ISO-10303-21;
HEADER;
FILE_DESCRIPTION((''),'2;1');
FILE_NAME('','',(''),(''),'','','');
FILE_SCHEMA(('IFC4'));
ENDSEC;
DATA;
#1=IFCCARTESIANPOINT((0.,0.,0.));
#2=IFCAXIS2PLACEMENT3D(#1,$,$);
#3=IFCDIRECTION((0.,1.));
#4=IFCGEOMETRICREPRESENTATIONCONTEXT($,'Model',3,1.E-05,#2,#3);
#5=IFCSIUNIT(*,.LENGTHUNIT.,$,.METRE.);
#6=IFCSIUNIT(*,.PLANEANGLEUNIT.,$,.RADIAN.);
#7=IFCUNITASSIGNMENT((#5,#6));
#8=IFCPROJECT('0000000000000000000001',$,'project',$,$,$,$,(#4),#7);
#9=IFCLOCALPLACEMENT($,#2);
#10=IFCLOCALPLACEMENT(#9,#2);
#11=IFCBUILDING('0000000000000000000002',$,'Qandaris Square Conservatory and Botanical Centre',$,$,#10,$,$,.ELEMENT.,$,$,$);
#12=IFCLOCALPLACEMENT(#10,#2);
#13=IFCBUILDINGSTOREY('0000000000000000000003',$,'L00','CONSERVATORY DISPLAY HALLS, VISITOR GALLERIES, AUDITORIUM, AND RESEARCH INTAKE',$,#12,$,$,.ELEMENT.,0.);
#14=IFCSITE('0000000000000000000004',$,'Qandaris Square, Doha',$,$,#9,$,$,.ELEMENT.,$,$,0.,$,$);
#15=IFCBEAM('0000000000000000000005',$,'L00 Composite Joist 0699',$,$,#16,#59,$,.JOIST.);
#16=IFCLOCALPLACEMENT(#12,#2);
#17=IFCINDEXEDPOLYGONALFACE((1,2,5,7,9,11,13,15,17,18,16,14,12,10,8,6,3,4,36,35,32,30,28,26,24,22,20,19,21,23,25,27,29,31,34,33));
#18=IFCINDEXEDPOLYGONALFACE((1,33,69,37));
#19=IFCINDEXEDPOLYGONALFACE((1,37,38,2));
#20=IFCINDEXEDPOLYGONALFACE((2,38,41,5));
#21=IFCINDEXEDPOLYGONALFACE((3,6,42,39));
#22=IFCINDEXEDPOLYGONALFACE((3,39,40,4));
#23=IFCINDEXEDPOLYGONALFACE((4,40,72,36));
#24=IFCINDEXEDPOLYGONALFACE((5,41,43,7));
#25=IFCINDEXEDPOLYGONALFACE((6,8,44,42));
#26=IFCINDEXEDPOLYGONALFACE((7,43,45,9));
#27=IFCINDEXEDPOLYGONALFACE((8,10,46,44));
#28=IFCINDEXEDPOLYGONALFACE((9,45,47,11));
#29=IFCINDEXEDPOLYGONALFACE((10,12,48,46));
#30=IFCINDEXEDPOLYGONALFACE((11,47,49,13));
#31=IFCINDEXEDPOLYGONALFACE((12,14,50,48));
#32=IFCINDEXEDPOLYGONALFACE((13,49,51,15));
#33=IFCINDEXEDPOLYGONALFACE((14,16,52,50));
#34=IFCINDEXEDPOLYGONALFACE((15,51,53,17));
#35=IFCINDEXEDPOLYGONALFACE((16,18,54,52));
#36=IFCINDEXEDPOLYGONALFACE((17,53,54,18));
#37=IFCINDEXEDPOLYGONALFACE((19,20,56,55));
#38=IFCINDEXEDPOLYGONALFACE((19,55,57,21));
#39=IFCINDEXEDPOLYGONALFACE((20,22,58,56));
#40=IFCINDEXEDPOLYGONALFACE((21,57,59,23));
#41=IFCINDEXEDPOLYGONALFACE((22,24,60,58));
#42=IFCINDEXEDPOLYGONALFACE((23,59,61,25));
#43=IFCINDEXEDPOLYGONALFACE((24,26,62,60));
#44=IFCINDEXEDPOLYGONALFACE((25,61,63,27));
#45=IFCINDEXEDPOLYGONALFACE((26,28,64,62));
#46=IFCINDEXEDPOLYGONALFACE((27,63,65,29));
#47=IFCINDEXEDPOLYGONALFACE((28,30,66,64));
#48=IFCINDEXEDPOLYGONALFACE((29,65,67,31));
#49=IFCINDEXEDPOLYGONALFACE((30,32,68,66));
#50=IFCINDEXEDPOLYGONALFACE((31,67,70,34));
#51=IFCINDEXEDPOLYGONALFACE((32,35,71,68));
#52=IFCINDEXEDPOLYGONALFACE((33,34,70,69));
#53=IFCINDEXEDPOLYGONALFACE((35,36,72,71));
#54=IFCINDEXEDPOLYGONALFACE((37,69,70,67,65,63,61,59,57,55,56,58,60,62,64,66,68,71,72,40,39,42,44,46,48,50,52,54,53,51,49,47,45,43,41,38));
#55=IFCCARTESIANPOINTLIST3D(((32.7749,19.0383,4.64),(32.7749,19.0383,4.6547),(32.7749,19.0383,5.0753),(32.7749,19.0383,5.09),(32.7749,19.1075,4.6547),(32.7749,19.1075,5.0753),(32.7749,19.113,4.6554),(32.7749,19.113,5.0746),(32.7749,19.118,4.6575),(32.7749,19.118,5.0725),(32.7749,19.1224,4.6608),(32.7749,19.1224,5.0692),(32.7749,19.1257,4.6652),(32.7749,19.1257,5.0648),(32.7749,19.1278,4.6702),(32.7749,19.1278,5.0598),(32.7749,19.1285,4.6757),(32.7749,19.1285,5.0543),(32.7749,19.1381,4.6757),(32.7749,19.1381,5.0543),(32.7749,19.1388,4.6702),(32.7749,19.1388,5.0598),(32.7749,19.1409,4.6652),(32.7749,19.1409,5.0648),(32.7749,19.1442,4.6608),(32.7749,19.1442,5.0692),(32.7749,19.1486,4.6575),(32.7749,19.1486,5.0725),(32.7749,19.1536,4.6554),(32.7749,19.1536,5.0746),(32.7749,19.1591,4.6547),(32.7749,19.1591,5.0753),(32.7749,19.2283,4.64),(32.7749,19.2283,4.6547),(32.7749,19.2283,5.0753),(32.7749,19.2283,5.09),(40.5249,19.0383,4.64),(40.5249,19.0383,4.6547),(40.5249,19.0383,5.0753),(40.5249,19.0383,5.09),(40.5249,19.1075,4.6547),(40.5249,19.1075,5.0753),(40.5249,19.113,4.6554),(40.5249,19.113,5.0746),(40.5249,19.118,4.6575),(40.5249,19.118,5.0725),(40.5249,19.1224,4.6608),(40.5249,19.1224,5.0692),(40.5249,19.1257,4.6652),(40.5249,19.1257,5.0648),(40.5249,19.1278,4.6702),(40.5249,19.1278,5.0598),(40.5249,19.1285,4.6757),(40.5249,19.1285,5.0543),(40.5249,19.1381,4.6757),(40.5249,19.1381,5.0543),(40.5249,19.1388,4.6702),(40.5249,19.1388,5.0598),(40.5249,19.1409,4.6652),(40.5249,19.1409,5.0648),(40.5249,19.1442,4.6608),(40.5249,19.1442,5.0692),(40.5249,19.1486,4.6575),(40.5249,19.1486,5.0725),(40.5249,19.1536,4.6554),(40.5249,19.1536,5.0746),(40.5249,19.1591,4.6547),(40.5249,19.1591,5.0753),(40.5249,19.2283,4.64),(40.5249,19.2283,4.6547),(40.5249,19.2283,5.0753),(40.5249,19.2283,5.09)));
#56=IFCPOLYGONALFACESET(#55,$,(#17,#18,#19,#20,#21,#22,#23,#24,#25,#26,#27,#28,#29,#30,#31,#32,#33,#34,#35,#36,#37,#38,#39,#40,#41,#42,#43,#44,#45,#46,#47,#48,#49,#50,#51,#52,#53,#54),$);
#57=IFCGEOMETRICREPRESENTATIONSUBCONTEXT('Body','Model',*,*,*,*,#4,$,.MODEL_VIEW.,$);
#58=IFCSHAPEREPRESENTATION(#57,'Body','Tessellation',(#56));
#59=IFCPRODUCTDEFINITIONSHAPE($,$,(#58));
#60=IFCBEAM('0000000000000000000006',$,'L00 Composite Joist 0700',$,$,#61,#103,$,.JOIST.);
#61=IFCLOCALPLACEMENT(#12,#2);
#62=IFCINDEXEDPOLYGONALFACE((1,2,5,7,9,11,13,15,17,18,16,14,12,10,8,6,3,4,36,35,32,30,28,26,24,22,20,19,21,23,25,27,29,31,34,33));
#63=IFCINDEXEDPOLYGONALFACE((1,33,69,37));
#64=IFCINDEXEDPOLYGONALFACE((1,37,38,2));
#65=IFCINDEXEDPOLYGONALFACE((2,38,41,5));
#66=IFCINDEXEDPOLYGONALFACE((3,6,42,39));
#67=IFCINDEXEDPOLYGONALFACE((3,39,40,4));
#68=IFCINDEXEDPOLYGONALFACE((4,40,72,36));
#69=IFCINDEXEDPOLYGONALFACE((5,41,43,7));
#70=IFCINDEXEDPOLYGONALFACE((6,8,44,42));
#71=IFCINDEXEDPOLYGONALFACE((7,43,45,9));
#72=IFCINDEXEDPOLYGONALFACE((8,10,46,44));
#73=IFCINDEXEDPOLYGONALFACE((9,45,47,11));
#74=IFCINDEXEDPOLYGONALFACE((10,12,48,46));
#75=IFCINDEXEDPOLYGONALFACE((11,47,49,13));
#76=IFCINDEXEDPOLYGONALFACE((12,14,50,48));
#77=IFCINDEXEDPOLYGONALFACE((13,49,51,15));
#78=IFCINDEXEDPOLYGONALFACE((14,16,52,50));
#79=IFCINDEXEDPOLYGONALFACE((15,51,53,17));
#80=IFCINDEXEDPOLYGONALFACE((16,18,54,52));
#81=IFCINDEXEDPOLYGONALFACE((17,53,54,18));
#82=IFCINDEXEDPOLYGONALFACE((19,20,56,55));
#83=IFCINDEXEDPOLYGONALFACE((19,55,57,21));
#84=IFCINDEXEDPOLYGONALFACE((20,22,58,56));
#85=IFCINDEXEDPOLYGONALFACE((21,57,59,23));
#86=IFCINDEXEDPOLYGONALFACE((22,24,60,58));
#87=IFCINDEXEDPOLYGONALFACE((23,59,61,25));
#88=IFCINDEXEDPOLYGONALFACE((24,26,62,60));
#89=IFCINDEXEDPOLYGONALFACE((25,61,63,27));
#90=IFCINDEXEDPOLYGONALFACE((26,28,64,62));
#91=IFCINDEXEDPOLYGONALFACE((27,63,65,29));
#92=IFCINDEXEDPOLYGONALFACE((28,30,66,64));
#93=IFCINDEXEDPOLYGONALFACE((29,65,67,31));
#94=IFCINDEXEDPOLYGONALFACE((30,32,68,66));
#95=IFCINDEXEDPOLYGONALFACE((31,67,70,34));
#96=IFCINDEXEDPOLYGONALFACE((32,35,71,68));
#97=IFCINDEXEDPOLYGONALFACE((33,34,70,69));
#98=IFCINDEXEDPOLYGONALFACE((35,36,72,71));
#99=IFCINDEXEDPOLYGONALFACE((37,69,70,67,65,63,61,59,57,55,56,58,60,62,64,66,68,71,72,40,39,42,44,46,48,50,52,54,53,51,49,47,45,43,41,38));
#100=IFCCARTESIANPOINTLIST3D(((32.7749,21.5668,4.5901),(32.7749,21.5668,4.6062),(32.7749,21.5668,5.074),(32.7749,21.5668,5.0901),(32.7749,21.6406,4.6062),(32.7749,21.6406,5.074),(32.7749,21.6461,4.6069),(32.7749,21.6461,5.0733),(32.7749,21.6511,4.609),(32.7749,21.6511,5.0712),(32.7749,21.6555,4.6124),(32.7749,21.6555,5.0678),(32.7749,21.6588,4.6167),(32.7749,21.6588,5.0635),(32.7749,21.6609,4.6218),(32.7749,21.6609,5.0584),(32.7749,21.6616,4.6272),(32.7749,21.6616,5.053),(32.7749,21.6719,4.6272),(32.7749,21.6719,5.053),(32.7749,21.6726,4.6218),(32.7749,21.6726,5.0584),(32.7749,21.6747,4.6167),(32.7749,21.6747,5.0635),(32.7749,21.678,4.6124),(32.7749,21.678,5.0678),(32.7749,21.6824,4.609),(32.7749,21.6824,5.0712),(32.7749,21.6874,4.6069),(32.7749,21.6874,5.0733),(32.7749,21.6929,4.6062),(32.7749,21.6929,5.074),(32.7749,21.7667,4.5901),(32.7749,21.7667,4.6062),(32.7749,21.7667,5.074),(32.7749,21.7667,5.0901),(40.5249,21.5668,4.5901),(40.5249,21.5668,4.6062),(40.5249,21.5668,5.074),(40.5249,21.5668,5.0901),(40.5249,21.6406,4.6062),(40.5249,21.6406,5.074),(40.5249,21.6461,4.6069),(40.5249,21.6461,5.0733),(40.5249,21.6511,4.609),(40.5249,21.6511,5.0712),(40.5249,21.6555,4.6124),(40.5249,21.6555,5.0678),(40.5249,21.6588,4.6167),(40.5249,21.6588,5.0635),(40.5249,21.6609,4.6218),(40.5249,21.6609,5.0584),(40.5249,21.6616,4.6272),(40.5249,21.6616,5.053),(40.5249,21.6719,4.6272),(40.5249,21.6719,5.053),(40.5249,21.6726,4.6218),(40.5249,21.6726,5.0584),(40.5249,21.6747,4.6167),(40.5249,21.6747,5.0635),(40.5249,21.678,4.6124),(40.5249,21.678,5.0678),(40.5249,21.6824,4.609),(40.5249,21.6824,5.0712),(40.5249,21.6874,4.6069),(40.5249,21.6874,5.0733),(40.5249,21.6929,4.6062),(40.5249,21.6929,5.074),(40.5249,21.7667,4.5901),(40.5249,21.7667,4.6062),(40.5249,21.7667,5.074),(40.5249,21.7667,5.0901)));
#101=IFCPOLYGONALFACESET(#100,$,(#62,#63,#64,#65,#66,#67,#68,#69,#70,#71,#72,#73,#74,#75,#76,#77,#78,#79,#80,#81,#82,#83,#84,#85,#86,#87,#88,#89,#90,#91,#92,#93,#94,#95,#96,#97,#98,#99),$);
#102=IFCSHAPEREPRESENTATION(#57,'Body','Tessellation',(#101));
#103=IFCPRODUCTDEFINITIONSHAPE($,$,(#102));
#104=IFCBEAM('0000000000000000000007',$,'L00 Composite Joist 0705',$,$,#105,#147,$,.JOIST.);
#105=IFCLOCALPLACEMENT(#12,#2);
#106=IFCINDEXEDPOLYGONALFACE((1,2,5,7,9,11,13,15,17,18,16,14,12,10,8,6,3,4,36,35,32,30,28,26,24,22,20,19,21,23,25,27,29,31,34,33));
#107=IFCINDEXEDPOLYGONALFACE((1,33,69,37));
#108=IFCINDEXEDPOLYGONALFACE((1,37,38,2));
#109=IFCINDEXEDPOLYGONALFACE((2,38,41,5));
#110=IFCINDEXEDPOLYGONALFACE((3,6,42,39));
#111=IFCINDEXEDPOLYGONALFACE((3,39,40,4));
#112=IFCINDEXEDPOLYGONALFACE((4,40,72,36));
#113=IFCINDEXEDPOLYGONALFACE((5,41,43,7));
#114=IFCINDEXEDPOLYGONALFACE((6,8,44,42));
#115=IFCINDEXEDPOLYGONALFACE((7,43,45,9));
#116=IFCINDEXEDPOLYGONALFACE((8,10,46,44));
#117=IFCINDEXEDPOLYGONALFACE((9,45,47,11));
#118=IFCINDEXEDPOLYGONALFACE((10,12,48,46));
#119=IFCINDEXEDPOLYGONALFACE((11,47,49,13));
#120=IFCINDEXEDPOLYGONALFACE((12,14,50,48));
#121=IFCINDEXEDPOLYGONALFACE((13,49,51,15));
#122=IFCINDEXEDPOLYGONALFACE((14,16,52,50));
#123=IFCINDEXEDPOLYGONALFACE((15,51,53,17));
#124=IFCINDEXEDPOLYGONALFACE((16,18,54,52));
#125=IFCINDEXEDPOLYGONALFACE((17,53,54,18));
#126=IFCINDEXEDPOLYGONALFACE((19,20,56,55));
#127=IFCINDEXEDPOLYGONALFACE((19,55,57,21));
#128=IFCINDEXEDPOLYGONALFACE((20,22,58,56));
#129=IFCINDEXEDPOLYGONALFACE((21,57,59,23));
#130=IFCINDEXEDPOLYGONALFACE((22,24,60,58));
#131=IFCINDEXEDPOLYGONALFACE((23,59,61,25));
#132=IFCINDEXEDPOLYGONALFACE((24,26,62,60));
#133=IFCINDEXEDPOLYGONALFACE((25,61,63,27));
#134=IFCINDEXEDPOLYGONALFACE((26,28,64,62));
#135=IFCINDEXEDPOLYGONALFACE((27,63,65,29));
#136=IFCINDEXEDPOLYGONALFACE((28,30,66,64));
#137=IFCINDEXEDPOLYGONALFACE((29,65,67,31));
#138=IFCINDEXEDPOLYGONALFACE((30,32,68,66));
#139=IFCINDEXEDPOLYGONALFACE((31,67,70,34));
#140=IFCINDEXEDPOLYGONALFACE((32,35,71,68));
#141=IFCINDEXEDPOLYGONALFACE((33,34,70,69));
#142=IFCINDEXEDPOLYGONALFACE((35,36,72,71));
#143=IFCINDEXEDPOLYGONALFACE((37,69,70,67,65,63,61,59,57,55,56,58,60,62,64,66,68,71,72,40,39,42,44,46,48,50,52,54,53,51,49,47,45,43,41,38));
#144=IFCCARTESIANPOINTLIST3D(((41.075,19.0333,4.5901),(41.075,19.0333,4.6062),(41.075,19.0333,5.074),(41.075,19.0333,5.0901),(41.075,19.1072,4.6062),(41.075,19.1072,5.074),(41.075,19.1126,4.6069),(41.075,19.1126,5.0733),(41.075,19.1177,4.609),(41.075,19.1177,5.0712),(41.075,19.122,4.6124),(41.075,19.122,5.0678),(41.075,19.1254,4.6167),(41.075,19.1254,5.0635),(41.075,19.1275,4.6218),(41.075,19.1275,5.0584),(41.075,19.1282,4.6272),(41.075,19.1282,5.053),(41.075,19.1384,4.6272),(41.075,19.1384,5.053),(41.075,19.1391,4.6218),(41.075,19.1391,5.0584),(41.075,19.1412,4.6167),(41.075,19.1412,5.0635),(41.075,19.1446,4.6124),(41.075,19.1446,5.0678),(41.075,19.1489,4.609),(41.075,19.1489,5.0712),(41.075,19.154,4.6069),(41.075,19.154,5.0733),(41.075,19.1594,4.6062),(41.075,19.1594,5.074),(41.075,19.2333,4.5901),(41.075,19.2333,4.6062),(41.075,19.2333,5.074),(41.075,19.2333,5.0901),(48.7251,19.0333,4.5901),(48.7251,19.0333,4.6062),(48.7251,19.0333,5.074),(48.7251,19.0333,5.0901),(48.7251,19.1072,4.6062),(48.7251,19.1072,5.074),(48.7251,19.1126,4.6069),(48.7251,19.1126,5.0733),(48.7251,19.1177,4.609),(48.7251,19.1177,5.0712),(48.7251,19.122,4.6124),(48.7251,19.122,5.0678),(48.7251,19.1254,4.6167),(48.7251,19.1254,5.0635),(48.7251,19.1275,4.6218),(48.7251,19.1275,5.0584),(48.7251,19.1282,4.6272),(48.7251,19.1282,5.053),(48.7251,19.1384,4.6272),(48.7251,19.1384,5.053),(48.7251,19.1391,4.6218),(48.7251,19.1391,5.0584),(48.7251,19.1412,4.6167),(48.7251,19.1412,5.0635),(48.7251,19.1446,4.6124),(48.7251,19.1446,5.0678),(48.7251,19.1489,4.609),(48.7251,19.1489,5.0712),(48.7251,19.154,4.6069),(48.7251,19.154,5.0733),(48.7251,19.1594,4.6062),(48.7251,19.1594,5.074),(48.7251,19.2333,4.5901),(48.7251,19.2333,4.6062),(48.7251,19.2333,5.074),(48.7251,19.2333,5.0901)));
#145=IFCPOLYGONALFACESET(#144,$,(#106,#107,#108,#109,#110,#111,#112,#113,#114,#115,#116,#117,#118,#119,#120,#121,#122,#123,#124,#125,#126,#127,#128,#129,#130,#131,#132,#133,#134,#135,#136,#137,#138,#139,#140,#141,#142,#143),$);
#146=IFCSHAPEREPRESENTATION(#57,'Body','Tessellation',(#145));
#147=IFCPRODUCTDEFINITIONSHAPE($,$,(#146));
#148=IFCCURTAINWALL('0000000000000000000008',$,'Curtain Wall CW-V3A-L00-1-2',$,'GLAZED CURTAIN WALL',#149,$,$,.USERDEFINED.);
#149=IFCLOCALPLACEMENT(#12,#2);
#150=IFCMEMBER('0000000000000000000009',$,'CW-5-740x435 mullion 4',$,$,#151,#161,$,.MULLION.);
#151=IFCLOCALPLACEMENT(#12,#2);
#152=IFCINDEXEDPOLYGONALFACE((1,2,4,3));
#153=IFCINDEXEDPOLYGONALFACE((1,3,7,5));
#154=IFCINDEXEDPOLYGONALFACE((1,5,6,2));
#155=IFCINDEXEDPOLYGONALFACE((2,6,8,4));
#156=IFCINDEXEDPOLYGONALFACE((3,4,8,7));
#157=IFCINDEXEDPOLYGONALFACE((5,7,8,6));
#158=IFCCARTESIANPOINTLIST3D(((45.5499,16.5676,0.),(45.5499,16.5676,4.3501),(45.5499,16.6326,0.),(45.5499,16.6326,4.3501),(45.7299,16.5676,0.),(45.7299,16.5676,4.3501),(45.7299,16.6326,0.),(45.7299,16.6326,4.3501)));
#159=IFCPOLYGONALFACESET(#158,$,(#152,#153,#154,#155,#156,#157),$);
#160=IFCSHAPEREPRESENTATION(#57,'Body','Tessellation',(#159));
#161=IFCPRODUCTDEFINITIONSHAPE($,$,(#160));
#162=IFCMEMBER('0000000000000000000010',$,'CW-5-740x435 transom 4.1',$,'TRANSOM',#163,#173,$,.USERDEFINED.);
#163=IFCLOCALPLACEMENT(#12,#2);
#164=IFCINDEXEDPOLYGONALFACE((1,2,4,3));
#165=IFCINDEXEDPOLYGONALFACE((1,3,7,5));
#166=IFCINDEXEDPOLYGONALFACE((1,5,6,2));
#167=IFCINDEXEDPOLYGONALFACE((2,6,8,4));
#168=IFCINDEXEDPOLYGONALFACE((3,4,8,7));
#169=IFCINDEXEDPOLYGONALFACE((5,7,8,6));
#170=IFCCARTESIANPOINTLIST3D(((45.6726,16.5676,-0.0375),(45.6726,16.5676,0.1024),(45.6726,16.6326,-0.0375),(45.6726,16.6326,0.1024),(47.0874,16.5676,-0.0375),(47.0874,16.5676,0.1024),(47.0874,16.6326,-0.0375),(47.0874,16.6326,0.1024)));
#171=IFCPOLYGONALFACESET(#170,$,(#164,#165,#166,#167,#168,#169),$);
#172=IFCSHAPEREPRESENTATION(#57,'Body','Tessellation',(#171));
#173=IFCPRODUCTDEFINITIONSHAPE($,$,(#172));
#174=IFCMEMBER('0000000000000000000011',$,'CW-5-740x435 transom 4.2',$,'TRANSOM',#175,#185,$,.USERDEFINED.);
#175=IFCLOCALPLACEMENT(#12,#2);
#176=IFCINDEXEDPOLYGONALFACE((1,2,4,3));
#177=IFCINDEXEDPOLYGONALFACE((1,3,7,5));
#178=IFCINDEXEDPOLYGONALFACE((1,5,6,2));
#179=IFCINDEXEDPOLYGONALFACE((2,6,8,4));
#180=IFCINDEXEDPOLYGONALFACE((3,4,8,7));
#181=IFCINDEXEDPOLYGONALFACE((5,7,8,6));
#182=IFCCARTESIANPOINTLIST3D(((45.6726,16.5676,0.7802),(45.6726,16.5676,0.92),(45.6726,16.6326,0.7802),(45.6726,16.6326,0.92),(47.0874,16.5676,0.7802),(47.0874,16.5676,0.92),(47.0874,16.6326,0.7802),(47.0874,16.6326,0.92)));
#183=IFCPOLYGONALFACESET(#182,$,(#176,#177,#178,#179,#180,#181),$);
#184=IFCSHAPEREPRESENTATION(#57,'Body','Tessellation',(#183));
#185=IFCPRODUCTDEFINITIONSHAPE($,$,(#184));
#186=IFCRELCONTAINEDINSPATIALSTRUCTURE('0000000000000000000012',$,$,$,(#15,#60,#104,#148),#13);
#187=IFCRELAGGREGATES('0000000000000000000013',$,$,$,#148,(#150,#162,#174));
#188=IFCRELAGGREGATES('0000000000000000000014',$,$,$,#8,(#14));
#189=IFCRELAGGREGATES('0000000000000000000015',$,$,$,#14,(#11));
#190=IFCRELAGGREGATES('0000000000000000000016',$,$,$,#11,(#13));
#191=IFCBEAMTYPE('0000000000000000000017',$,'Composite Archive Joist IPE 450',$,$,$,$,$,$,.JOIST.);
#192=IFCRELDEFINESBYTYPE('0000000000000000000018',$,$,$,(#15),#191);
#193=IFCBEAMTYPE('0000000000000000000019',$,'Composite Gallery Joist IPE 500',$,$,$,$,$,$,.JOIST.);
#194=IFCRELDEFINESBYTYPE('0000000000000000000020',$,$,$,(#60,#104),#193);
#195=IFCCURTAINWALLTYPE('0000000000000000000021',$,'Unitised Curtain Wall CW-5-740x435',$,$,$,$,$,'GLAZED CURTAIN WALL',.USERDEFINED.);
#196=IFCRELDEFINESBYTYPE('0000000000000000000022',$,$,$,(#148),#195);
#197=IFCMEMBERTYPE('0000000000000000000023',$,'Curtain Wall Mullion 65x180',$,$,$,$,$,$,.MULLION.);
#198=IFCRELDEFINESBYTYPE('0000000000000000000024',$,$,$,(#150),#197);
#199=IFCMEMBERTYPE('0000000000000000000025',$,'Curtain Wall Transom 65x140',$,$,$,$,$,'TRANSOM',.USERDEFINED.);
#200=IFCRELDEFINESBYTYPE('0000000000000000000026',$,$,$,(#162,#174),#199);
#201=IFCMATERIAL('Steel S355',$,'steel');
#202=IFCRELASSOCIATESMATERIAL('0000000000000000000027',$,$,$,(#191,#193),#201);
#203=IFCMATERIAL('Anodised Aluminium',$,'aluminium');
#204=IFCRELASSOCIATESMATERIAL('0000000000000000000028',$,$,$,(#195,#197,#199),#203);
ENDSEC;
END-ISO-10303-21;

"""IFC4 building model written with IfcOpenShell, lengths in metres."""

from ifc_helpers import new_model, si_unit, direction, frame, origin, origin_2d, place, context, subcontext, project, spatial, rectangle, i_section, extrude, material, material_profile, profile_set, type_object, element, aggregate, save


model = new_model("IFC4")

# Units and contexts
model_context = context("Model", 3, precision=1e-05, world=origin(), true_north=direction((0.0, 1.0)))
body_context = subcontext(model_context, "Body", "Model", "MODEL_VIEW")
ifc_project = project(units=[si_unit("LENGTHUNIT", "METRE"), si_unit("PLANEANGLEUNIT", "RADIAN")], contexts=[model_context])

# Site, building, storey
site_placement = place(None, origin())
site = spatial("IfcSite", under=ifc_project, at=site_placement, Name="Qandaris Square, Doha", CompositionType="ELEMENT", RefElevation=0.0)
building_placement = place(site_placement, origin())
building = spatial("IfcBuilding", under=site, at=building_placement, Name="Qandaris Square Conservatory and Botanical Centre", CompositionType="ELEMENT")
storey_placement = place(building_placement, origin())
storey = spatial("IfcBuildingStorey", under=building, at=storey_placement, Name="L00", Description="CONSERVATORY DISPLAY HALLS, VISITOR GALLERIES, AUDITORIUM, AND RESEARCH INTAKE", CompositionType="ELEMENT", Elevation=0.0)

# Beams
ifc_material_1 = material(Name="Steel S355", Category="steel")
ifc_material_profile_1 = material_profile(ifc_material_1, i_section(OverallWidth=0.1899, OverallDepth=0.45, WebThickness=0.0095, FlangeThickness=0.0146, FilletRadius=0.021, at=origin_2d()), Name="IPE 450")
ifc_profile_set_1 = profile_set([ifc_material_profile_1], Name="Steel S355")
beam_type_1 = type_object("IfcBeamType", Name="Composite Archive Joist IPE 450", PredefinedType="JOIST", material=ifc_profile_set_1)
beam_1_placement = place(storey_placement, frame((32.7749, 19.1333, 4.865), z_axis=(1.0, 0.0, 0.0), x_axis=(0.0, 1.0, 0.0)))
element("IfcBeam", 1, at=beam_1_placement, inside=storey, type_object=beam_type_1, Name="L00 Composite Joist 0699", PredefinedType="JOIST", context=body_context, shape_type="SweptSolid", body=[
    extrude(i_section(OverallWidth=0.1899, OverallDepth=0.45, WebThickness=0.0095, FlangeThickness=0.0146, FilletRadius=0.021, at=origin_2d()), origin(), (0.0, 0.0, 1.0), 7.75),
])
ifc_material_profile_2 = material_profile(ifc_material_1, i_section(OverallWidth=0.2, OverallDepth=0.5, WebThickness=0.0103, FlangeThickness=0.0161, FilletRadius=0.021, at=origin_2d()), Name="IPE 500")
ifc_profile_set_2 = profile_set([ifc_material_profile_2], Name="Steel S355")
beam_type_2 = type_object("IfcBeamType", Name="Composite Gallery Joist IPE 500", PredefinedType="JOIST", material=ifc_profile_set_2)
beam_2_placement = place(storey_placement, frame((32.7749, 21.6667, 4.8401), z_axis=(1.0, 0.0, 0.0), x_axis=(0.0, 1.0, 0.0)))
element("IfcBeam", 2, at=beam_2_placement, inside=storey, type_object=beam_type_2, Name="L00 Composite Joist 0700", PredefinedType="JOIST", context=body_context, shape_type="SweptSolid", body=[
    extrude(i_section(OverallWidth=0.2, OverallDepth=0.5, WebThickness=0.0103, FlangeThickness=0.0161, FilletRadius=0.021, at=origin_2d()), origin(), (0.0, 0.0, 1.0), 7.75),
])
beam_3_placement = place(storey_placement, frame((41.075, 19.1333, 4.8401), z_axis=(1.0, 0.0, 0.0), x_axis=(0.0, 1.0, 0.0)))
element("IfcBeam", 3, at=beam_3_placement, inside=storey, type_object=beam_type_2, Name="L00 Composite Joist 0705", PredefinedType="JOIST", context=body_context, shape_type="SweptSolid", body=[
    extrude(i_section(OverallWidth=0.2, OverallDepth=0.5, WebThickness=0.0103, FlangeThickness=0.0161, FilletRadius=0.021, at=origin_2d()), origin(), (0.0, 0.0, 1.0), 7.6501),
])

# Curtain wall, members
ifc_material_2 = material(Name="Anodised Aluminium", Category="aluminium")
curtain_wall_type = type_object("IfcCurtainWallType", Name="Unitised Curtain Wall CW-5-740x435", ElementType="GLAZED CURTAIN WALL", PredefinedType="USERDEFINED", material=ifc_material_2)
curtain_wall_placement = place(storey_placement, origin())
curtain_wall = element("IfcCurtainWall", 4, at=curtain_wall_placement, inside=storey, type_object=curtain_wall_type, Name="Curtain Wall CW-V3A-L00-1-2", ObjectType="GLAZED CURTAIN WALL", PredefinedType="USERDEFINED")
ifc_material_profile_3 = material_profile(ifc_material_2, rectangle(XDim=0.0649, YDim=0.1799, at=origin_2d()), Name="ALU-MUL 65x180")
ifc_profile_set_3 = profile_set([ifc_material_profile_3], Name="Anodised Aluminium")
member_type_1 = type_object("IfcMemberType", Name="Curtain Wall Mullion 65x180", PredefinedType="MULLION", material=ifc_profile_set_3)
member_1_placement = place(storey_placement, frame((45.6399, 16.6001, 0.0), z_axis=(0.0, 0.0, 1.0), x_axis=(0.0, 1.0, 0.0)))
member_1 = element("IfcMember", 5, at=member_1_placement, type_object=member_type_1, Name="CW-5-740x435 mullion 4", PredefinedType="MULLION", context=body_context, shape_type="SweptSolid", body=[
    extrude(rectangle(XDim=0.0649, YDim=0.1799, at=origin_2d()), origin(), (0.0, 0.0, 1.0), 4.3501),
])
ifc_material_profile_4 = material_profile(ifc_material_2, rectangle(XDim=0.0649, YDim=0.1399, at=origin_2d()), Name="ALU-TRN 65x140")
ifc_profile_set_4 = profile_set([ifc_material_profile_4], Name="Anodised Aluminium")
member_type_2 = type_object("IfcMemberType", Name="Curtain Wall Transom 65x140", ElementType="TRANSOM", PredefinedType="USERDEFINED", material=ifc_profile_set_4)
member_2_placement = place(storey_placement, frame((45.6726, 16.6001, 0.0325), z_axis=(1.0, 0.0, 0.0), x_axis=(0.0, 1.0, 0.0)))
member_2 = element("IfcMember", 6, at=member_2_placement, type_object=member_type_2, Name="CW-5-740x435 transom 4.1", ObjectType="TRANSOM", PredefinedType="USERDEFINED", context=body_context, shape_type="SweptSolid", body=[
    extrude(rectangle(XDim=0.0649, YDim=0.1399, at=origin_2d()), origin(), (0.0, 0.0, 1.0), 1.4148),
])
member_3_placement = place(storey_placement, frame((45.6726, 16.6001, 0.8501), z_axis=(1.0, 0.0, 0.0), x_axis=(0.0, 1.0, 0.0)))
member_3 = element("IfcMember", 7, at=member_3_placement, type_object=member_type_2, Name="CW-5-740x435 transom 4.2", ObjectType="TRANSOM", PredefinedType="USERDEFINED", context=body_context, shape_type="SweptSolid", body=[
    extrude(rectangle(XDim=0.0649, YDim=0.1399, at=origin_2d()), origin(), (0.0, 0.0, 1.0), 1.4148),
])
aggregate(curtain_wall, [member_1, member_2, member_3])

save(model, "model.ifc")
